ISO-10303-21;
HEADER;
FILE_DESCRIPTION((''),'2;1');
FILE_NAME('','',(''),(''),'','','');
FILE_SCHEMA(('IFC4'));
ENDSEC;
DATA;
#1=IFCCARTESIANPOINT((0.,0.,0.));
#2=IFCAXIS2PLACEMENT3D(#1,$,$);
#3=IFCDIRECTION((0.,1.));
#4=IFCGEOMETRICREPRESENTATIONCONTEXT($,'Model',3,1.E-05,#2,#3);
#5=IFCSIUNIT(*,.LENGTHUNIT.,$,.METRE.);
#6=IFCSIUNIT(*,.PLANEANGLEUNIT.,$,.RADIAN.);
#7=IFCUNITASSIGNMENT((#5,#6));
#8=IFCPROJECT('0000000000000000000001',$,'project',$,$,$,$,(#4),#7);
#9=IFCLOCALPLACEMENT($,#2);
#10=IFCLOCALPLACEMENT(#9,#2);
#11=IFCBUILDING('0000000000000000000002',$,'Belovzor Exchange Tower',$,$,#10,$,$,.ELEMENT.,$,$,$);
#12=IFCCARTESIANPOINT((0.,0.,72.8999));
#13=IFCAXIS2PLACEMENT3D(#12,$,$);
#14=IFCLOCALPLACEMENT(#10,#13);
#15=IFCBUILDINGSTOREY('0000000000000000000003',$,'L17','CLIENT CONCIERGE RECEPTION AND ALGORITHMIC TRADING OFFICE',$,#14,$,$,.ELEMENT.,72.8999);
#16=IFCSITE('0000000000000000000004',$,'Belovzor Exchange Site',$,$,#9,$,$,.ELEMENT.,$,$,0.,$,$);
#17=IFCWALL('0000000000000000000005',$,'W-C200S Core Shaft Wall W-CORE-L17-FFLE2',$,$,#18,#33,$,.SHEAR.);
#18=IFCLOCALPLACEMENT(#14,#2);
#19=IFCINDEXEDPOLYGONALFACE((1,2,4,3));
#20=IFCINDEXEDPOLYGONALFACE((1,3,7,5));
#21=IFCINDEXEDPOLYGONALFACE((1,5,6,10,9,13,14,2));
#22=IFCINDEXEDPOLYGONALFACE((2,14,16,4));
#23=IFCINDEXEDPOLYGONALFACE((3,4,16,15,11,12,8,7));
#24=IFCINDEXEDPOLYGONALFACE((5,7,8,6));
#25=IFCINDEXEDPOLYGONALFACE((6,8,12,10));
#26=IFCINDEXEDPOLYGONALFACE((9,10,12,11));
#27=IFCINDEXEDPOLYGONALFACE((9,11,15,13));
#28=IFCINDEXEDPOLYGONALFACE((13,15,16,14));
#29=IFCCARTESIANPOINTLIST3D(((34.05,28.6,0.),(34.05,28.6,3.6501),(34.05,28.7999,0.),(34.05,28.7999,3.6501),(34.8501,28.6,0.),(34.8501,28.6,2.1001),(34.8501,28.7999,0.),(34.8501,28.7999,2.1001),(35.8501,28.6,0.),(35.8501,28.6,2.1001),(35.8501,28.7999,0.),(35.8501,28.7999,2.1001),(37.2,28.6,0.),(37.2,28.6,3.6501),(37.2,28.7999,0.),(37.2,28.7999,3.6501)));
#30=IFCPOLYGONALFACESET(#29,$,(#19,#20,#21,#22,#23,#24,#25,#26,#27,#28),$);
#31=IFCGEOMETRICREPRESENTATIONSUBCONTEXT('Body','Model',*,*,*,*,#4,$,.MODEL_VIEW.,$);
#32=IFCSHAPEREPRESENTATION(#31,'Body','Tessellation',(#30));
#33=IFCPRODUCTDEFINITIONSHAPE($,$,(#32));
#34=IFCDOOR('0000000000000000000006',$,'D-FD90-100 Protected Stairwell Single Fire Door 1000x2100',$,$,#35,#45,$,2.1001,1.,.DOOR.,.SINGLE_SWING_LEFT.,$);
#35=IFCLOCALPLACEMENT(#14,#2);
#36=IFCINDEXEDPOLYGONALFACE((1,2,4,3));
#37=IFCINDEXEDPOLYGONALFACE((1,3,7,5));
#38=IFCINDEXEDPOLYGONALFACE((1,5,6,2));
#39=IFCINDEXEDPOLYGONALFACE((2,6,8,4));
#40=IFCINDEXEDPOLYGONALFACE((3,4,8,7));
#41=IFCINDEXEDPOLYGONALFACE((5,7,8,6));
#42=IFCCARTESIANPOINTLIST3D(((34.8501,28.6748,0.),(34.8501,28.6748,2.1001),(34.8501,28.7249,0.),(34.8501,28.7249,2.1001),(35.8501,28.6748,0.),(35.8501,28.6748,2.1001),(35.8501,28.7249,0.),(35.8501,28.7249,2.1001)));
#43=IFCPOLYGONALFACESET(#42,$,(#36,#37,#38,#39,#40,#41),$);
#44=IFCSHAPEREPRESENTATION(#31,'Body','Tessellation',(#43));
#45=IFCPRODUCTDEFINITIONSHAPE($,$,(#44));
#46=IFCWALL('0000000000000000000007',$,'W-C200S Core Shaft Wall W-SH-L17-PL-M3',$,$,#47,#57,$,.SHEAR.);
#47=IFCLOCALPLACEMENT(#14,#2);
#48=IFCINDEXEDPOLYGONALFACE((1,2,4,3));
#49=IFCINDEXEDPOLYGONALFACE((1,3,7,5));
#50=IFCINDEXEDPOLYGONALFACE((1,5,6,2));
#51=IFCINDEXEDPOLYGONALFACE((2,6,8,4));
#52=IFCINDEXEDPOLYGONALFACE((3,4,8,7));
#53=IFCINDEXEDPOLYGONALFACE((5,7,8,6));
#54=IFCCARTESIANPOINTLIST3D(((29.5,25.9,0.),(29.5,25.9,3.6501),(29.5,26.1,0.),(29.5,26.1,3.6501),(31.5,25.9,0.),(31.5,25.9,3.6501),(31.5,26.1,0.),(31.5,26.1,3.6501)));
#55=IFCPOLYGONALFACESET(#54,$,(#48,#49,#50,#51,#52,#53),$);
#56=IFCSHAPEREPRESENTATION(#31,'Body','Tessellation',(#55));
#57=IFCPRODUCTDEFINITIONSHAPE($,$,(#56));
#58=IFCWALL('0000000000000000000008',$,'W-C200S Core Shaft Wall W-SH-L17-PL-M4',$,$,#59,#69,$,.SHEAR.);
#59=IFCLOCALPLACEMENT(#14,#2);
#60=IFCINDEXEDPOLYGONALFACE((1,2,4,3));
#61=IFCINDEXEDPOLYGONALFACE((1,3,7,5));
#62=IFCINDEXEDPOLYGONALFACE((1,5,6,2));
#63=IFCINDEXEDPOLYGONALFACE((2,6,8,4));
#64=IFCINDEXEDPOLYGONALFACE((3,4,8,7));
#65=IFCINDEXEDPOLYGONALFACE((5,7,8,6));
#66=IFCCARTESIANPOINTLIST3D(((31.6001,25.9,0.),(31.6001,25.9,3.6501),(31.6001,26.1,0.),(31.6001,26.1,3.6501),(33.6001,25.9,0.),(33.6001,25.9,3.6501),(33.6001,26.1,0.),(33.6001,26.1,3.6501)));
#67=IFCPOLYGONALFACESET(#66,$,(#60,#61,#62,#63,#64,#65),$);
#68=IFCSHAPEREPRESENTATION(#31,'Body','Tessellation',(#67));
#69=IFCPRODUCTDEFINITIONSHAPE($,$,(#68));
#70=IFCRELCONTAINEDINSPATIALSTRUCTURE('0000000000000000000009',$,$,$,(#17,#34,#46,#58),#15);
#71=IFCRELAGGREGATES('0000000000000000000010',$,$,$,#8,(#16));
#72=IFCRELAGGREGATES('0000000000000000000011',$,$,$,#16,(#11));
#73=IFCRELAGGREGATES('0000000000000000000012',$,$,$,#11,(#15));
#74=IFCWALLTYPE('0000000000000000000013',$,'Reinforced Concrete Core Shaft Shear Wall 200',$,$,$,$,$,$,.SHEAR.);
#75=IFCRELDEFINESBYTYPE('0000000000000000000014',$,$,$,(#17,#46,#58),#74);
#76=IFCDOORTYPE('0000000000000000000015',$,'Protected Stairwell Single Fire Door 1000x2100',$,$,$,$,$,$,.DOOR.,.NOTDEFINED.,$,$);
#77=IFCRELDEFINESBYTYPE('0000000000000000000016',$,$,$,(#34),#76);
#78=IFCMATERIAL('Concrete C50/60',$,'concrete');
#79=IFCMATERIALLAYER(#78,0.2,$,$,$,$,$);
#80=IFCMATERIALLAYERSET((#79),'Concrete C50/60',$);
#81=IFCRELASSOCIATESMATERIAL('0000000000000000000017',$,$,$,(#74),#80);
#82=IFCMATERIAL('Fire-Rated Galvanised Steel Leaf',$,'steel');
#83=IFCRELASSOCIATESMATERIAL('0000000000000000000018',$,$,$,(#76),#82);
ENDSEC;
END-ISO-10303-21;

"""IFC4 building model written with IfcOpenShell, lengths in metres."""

from ifc_helpers import new_model, si_unit, direction, frame, frame_2d, origin, place, context, subcontext, project, spatial, rectangle, extrude, material, layer, layer_set, type_object, element, fill, save


model = new_model("IFC4")

# Units and contexts
model_context = context("Model", 3, precision=1e-05, world=origin(), true_north=direction((0.0, 1.0)))
body_context = subcontext(model_context, "Body", "Model", "MODEL_VIEW")
ifc_project = project(units=[si_unit("LENGTHUNIT", "METRE"), si_unit("PLANEANGLEUNIT", "RADIAN")], contexts=[model_context])

# Site, building, storey
site_placement = place(None, origin())
site = spatial("IfcSite", under=ifc_project, at=site_placement, Name="Belovzor Exchange Site", CompositionType="ELEMENT", RefElevation=0.0)
building_placement = place(site_placement, origin())
building = spatial("IfcBuilding", under=site, at=building_placement, Name="Belovzor Exchange Tower", CompositionType="ELEMENT")
storey_placement = place(building_placement, frame((0.0, 0.0, 72.8999)))
storey = spatial("IfcBuildingStorey", under=building, at=storey_placement, Name="L17", Description="CLIENT CONCIERGE RECEPTION AND ALGORITHMIC TRADING OFFICE", CompositionType="ELEMENT", Elevation=72.8999)

# Wall, opening, door
ifc_material_1 = material(Name="Concrete C50/60", Category="concrete")
ifc_layer_1 = layer(ifc_material_1, 0.2)
ifc_layer_set_1 = layer_set([ifc_layer_1], Name="Concrete C50/60")
wall_type_1 = type_object("IfcWallType", Name="Reinforced Concrete Core Shaft Shear Wall 200", PredefinedType="SHEAR", material=ifc_layer_set_1)
wall_1_placement = place(storey_placement, frame((34.05, 28.7, 0.0), z_axis=(0.0, 0.0, 1.0), x_axis=(1.0, 0.0, 0.0)))
wall_1 = element("IfcWall", 1, at=wall_1_placement, inside=storey, type_object=wall_type_1, Name="W-C200S Core Shaft Wall W-CORE-L17-FFLE2", PredefinedType="SHEAR", context=body_context, shape_type="SweptSolid", body=[
    extrude(rectangle(XDim=3.1499, YDim=0.2, at=frame_2d((1.575, 0.0))), origin(), (0.0, 0.0, 1.0), 3.6501),
])
opening_1_placement = place(wall_1_placement, frame((0.8, 0.0, 0.0)))
opening_1 = element("IfcOpeningElement", 2, at=opening_1_placement, cuts=wall_1, PredefinedType="OPENING", context=body_context, shape_type="SweptSolid", body=[
    extrude(rectangle(XDim=1.0, YDim=2.1001, at=frame_2d((0.5, 1.05))), frame((0.0, 0.1099, 0.0), z_axis=(0.0, -1.0, 0.0), x_axis=(1.0, 0.0, 0.0)), (0.0, 0.0, 1.0), 0.22),
])
ifc_material_2 = material(Name="Fire-Rated Galvanised Steel Leaf", Category="steel")
door_type_1 = type_object("IfcDoorType", Name="Protected Stairwell Single Fire Door 1000x2100", OperationType="NOTDEFINED", PredefinedType="DOOR", material=ifc_material_2)
door_1_placement = place(opening_1_placement, origin())
door_1 = element("IfcDoor", 3, at=door_1_placement, inside=storey, type_object=door_type_1, Name="D-FD90-100 Protected Stairwell Single Fire Door 1000x2100", OperationType="SINGLE_SWING_LEFT", OverallHeight=2.1001, OverallWidth=1.0, PredefinedType="DOOR", context=body_context, shape_type="SweptSolid", body=[
    extrude(rectangle(XDim=1.0, YDim=2.1001, at=frame_2d((0.5, 1.05))), frame((0.0, 0.0249, 0.0), z_axis=(0.0, -1.0, 0.0), x_axis=(1.0, 0.0, 0.0)), (0.0, 0.0, 1.0), 0.05),
])
fill(opening_1, door_1)

# Walls
for number, where, z_axis, x_axis, name in (
    (4, (29.5, 26.0, 0.0), (0.0, 0.0, 1.0), (1.0, 0.0, 0.0), "W-C200S Core Shaft Wall W-SH-L17-PL-M3"),
    (5, (31.6001, 26.0, 0.0), (0.0, 0.0, 1.0), (1.0, 0.0, 0.0), "W-C200S Core Shaft Wall W-SH-L17-PL-M4"),
):
    element("IfcWall", number, at=place(storey_placement, frame(where, z_axis=z_axis, x_axis=x_axis)), inside=storey, type_object=wall_type_1, Name=name, PredefinedType="SHEAR", context=body_context, shape_type="SweptSolid", body=[
        extrude(rectangle(XDim=2.0, YDim=0.2, at=frame_2d((1.0, 0.0))), origin(), (0.0, 0.0, 1.0), 3.6501),
    ])

save(model, "model.ifc")
